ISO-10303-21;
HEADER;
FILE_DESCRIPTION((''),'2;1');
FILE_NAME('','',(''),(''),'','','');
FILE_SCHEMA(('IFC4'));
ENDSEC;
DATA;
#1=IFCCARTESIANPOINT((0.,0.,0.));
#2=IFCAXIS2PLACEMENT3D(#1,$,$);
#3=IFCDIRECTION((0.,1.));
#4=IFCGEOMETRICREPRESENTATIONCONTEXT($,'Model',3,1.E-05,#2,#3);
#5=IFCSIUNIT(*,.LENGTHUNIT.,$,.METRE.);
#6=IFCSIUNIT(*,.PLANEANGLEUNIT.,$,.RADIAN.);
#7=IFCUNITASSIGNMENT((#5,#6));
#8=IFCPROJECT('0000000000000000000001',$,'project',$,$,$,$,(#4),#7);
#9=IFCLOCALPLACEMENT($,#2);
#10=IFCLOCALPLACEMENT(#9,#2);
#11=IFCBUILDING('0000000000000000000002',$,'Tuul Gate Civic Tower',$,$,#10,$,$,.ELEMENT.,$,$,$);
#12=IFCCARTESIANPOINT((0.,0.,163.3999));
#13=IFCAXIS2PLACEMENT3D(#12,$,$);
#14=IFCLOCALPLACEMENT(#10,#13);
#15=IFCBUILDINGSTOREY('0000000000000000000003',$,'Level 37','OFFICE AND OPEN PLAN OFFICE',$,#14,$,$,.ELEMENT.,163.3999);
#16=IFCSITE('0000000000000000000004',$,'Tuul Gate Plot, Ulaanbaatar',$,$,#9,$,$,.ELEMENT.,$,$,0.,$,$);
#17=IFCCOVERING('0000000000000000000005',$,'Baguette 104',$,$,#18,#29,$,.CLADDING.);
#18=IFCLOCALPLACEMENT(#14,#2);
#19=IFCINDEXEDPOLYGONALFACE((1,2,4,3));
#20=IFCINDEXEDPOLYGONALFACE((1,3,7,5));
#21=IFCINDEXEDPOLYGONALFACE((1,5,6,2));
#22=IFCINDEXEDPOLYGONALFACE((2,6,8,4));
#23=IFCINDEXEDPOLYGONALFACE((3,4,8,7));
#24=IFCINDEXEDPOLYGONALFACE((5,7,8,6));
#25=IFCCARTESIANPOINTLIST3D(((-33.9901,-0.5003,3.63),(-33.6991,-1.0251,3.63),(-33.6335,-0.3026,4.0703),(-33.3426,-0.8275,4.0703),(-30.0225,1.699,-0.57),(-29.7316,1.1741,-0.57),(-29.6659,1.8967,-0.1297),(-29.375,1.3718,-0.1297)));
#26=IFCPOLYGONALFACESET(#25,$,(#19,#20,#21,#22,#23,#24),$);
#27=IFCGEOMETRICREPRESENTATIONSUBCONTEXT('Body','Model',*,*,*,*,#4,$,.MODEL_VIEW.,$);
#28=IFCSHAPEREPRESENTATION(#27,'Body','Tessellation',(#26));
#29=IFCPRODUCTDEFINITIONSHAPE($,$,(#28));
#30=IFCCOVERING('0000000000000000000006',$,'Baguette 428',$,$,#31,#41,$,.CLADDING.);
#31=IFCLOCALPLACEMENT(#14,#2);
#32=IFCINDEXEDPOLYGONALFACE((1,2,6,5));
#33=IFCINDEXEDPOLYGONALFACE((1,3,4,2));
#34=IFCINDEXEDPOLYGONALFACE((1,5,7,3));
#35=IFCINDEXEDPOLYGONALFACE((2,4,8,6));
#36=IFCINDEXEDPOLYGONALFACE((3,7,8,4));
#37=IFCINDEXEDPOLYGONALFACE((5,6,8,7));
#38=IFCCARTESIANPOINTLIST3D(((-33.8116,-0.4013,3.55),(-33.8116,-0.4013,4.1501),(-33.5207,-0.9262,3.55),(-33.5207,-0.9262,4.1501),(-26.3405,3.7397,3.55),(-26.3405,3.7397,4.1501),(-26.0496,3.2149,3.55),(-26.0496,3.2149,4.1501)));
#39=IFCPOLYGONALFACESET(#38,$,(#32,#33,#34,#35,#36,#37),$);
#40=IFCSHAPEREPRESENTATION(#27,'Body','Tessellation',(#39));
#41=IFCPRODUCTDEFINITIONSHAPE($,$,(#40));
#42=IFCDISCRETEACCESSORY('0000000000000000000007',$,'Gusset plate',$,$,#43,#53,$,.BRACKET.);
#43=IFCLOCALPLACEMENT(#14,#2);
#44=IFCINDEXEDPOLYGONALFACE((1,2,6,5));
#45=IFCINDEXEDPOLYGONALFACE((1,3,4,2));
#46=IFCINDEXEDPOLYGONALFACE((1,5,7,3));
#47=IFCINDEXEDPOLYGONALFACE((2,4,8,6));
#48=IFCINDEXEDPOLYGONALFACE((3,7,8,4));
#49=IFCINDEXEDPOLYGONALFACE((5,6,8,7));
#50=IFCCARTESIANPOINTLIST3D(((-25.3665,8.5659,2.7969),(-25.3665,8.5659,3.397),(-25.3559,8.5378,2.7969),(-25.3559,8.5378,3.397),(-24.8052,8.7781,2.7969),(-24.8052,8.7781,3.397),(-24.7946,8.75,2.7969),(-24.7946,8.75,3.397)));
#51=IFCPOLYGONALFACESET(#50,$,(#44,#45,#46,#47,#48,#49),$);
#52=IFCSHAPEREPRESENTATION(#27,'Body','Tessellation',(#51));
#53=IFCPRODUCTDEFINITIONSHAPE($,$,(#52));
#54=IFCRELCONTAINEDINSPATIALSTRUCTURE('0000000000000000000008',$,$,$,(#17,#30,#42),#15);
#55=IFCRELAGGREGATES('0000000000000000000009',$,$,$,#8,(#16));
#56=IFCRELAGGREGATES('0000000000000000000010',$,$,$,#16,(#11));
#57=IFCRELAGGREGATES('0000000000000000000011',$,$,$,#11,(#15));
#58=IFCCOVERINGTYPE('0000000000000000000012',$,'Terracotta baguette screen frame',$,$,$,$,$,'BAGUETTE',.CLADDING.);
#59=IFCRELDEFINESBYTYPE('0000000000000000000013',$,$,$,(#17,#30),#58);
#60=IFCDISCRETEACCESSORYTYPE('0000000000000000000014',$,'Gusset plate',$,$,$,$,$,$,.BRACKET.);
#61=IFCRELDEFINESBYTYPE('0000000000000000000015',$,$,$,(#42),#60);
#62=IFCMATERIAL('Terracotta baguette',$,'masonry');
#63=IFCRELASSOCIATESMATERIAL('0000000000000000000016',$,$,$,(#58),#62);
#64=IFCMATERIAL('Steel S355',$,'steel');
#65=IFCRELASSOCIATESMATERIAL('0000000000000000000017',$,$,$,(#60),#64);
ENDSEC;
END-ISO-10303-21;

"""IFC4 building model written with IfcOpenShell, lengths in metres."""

from ifc_helpers import new_model, si_unit, direction, frame, origin, origin_2d, place, context, subcontext, project, spatial, rectangle, extrude, material, material_profile, profile_set, type_object, element, save


model = new_model("IFC4")

# Units and contexts
model_context = context("Model", 3, precision=1e-05, world=origin(), true_north=direction((0.0, 1.0)))
body_context = subcontext(model_context, "Body", "Model", "MODEL_VIEW")
ifc_project = project(units=[si_unit("LENGTHUNIT", "METRE"), si_unit("PLANEANGLEUNIT", "RADIAN")], contexts=[model_context])

# Site, building, storey
site_placement = place(None, origin())
site = spatial("IfcSite", under=ifc_project, at=site_placement, Name="Tuul Gate Plot, Ulaanbaatar", CompositionType="ELEMENT", RefElevation=0.0)
building_placement = place(site_placement, origin())
building = spatial("IfcBuilding", under=site, at=building_placement, Name="Tuul Gate Civic Tower", CompositionType="ELEMENT")
storey_placement = place(building_placement, frame((0.0, 0.0, 163.3999)))
storey = spatial("IfcBuildingStorey", under=building, at=storey_placement, Name="Level 37", Description="OFFICE AND OPEN PLAN OFFICE", CompositionType="ELEMENT", Elevation=163.3999)

# Coverings
ifc_material_1 = material(Name="Terracotta baguette", Category="masonry")
ifc_material_profile_1 = material_profile(ifc_material_1, rectangle(XDim=0.6001, YDim=0.6001, at=origin_2d()), Name="Terracotta baguette screen frame")
ifc_profile_set_1 = profile_set([ifc_material_profile_1], Name="Terracotta baguette")
covering_type = type_object("IfcCoveringType", Name="Terracotta baguette screen frame", ElementType="BAGUETTE", PredefinedType="CLADDING", material=ifc_profile_set_1)
covering_1_placement = place(storey_placement, frame((-29.6987, 1.5354, -0.3499), z_axis=(-0.641785, -0.355744, 0.679381), x_axis=(0.484806, -0.874621, 0.0)))
element("IfcCovering", 1, at=covering_1_placement, inside=storey, type_object=covering_type, Name="Baguette 104", PredefinedType="CLADDING", context=body_context, shape_type="SweptSolid", body=[
    extrude(rectangle(XDim=0.6001, YDim=0.6001, at=origin_2d()), origin(), (0.0, 0.0, 1.0), 6.1821),
])
covering_2_placement = place(storey_placement, frame((-26.1951, 3.4773, 3.8501), z_axis=(-0.874631, -0.484789, 0.0), x_axis=(0.484789, -0.874631, 0.0)))
element("IfcCovering", 2, at=covering_2_placement, inside=storey, type_object=covering_type, Name="Baguette 428", PredefinedType="CLADDING", context=body_context, shape_type="SweptSolid", body=[
    extrude(rectangle(XDim=0.6001, YDim=0.6001, at=origin_2d()), origin(), (0.0, 0.0, 1.0), 8.542),
])

# Discrete accessory
ifc_material_2 = material(Name="Steel S355", Category="steel")
discrete_accessory_type = type_object("IfcDiscreteAccessoryType", Name="Gusset plate", PredefinedType="BRACKET", material=ifc_material_2)
discrete_accessory_placement = place(storey_placement, frame((-25.0806, 8.658, 2.7969), z_axis=(0.0, 0.0, 1.0), x_axis=(0.935375, 0.353657, 0.0)))
element("IfcDiscreteAccessory", 3, at=discrete_accessory_placement, inside=storey, type_object=discrete_accessory_type, Name="Gusset plate", PredefinedType="BRACKET", context=body_context, shape_type="SweptSolid", body=[
    extrude(rectangle(XDim=0.6001, YDim=0.03, at=origin_2d()), origin(), (0.0, 0.0, 1.0), 0.6001),
])

save(model, "model.ifc")
